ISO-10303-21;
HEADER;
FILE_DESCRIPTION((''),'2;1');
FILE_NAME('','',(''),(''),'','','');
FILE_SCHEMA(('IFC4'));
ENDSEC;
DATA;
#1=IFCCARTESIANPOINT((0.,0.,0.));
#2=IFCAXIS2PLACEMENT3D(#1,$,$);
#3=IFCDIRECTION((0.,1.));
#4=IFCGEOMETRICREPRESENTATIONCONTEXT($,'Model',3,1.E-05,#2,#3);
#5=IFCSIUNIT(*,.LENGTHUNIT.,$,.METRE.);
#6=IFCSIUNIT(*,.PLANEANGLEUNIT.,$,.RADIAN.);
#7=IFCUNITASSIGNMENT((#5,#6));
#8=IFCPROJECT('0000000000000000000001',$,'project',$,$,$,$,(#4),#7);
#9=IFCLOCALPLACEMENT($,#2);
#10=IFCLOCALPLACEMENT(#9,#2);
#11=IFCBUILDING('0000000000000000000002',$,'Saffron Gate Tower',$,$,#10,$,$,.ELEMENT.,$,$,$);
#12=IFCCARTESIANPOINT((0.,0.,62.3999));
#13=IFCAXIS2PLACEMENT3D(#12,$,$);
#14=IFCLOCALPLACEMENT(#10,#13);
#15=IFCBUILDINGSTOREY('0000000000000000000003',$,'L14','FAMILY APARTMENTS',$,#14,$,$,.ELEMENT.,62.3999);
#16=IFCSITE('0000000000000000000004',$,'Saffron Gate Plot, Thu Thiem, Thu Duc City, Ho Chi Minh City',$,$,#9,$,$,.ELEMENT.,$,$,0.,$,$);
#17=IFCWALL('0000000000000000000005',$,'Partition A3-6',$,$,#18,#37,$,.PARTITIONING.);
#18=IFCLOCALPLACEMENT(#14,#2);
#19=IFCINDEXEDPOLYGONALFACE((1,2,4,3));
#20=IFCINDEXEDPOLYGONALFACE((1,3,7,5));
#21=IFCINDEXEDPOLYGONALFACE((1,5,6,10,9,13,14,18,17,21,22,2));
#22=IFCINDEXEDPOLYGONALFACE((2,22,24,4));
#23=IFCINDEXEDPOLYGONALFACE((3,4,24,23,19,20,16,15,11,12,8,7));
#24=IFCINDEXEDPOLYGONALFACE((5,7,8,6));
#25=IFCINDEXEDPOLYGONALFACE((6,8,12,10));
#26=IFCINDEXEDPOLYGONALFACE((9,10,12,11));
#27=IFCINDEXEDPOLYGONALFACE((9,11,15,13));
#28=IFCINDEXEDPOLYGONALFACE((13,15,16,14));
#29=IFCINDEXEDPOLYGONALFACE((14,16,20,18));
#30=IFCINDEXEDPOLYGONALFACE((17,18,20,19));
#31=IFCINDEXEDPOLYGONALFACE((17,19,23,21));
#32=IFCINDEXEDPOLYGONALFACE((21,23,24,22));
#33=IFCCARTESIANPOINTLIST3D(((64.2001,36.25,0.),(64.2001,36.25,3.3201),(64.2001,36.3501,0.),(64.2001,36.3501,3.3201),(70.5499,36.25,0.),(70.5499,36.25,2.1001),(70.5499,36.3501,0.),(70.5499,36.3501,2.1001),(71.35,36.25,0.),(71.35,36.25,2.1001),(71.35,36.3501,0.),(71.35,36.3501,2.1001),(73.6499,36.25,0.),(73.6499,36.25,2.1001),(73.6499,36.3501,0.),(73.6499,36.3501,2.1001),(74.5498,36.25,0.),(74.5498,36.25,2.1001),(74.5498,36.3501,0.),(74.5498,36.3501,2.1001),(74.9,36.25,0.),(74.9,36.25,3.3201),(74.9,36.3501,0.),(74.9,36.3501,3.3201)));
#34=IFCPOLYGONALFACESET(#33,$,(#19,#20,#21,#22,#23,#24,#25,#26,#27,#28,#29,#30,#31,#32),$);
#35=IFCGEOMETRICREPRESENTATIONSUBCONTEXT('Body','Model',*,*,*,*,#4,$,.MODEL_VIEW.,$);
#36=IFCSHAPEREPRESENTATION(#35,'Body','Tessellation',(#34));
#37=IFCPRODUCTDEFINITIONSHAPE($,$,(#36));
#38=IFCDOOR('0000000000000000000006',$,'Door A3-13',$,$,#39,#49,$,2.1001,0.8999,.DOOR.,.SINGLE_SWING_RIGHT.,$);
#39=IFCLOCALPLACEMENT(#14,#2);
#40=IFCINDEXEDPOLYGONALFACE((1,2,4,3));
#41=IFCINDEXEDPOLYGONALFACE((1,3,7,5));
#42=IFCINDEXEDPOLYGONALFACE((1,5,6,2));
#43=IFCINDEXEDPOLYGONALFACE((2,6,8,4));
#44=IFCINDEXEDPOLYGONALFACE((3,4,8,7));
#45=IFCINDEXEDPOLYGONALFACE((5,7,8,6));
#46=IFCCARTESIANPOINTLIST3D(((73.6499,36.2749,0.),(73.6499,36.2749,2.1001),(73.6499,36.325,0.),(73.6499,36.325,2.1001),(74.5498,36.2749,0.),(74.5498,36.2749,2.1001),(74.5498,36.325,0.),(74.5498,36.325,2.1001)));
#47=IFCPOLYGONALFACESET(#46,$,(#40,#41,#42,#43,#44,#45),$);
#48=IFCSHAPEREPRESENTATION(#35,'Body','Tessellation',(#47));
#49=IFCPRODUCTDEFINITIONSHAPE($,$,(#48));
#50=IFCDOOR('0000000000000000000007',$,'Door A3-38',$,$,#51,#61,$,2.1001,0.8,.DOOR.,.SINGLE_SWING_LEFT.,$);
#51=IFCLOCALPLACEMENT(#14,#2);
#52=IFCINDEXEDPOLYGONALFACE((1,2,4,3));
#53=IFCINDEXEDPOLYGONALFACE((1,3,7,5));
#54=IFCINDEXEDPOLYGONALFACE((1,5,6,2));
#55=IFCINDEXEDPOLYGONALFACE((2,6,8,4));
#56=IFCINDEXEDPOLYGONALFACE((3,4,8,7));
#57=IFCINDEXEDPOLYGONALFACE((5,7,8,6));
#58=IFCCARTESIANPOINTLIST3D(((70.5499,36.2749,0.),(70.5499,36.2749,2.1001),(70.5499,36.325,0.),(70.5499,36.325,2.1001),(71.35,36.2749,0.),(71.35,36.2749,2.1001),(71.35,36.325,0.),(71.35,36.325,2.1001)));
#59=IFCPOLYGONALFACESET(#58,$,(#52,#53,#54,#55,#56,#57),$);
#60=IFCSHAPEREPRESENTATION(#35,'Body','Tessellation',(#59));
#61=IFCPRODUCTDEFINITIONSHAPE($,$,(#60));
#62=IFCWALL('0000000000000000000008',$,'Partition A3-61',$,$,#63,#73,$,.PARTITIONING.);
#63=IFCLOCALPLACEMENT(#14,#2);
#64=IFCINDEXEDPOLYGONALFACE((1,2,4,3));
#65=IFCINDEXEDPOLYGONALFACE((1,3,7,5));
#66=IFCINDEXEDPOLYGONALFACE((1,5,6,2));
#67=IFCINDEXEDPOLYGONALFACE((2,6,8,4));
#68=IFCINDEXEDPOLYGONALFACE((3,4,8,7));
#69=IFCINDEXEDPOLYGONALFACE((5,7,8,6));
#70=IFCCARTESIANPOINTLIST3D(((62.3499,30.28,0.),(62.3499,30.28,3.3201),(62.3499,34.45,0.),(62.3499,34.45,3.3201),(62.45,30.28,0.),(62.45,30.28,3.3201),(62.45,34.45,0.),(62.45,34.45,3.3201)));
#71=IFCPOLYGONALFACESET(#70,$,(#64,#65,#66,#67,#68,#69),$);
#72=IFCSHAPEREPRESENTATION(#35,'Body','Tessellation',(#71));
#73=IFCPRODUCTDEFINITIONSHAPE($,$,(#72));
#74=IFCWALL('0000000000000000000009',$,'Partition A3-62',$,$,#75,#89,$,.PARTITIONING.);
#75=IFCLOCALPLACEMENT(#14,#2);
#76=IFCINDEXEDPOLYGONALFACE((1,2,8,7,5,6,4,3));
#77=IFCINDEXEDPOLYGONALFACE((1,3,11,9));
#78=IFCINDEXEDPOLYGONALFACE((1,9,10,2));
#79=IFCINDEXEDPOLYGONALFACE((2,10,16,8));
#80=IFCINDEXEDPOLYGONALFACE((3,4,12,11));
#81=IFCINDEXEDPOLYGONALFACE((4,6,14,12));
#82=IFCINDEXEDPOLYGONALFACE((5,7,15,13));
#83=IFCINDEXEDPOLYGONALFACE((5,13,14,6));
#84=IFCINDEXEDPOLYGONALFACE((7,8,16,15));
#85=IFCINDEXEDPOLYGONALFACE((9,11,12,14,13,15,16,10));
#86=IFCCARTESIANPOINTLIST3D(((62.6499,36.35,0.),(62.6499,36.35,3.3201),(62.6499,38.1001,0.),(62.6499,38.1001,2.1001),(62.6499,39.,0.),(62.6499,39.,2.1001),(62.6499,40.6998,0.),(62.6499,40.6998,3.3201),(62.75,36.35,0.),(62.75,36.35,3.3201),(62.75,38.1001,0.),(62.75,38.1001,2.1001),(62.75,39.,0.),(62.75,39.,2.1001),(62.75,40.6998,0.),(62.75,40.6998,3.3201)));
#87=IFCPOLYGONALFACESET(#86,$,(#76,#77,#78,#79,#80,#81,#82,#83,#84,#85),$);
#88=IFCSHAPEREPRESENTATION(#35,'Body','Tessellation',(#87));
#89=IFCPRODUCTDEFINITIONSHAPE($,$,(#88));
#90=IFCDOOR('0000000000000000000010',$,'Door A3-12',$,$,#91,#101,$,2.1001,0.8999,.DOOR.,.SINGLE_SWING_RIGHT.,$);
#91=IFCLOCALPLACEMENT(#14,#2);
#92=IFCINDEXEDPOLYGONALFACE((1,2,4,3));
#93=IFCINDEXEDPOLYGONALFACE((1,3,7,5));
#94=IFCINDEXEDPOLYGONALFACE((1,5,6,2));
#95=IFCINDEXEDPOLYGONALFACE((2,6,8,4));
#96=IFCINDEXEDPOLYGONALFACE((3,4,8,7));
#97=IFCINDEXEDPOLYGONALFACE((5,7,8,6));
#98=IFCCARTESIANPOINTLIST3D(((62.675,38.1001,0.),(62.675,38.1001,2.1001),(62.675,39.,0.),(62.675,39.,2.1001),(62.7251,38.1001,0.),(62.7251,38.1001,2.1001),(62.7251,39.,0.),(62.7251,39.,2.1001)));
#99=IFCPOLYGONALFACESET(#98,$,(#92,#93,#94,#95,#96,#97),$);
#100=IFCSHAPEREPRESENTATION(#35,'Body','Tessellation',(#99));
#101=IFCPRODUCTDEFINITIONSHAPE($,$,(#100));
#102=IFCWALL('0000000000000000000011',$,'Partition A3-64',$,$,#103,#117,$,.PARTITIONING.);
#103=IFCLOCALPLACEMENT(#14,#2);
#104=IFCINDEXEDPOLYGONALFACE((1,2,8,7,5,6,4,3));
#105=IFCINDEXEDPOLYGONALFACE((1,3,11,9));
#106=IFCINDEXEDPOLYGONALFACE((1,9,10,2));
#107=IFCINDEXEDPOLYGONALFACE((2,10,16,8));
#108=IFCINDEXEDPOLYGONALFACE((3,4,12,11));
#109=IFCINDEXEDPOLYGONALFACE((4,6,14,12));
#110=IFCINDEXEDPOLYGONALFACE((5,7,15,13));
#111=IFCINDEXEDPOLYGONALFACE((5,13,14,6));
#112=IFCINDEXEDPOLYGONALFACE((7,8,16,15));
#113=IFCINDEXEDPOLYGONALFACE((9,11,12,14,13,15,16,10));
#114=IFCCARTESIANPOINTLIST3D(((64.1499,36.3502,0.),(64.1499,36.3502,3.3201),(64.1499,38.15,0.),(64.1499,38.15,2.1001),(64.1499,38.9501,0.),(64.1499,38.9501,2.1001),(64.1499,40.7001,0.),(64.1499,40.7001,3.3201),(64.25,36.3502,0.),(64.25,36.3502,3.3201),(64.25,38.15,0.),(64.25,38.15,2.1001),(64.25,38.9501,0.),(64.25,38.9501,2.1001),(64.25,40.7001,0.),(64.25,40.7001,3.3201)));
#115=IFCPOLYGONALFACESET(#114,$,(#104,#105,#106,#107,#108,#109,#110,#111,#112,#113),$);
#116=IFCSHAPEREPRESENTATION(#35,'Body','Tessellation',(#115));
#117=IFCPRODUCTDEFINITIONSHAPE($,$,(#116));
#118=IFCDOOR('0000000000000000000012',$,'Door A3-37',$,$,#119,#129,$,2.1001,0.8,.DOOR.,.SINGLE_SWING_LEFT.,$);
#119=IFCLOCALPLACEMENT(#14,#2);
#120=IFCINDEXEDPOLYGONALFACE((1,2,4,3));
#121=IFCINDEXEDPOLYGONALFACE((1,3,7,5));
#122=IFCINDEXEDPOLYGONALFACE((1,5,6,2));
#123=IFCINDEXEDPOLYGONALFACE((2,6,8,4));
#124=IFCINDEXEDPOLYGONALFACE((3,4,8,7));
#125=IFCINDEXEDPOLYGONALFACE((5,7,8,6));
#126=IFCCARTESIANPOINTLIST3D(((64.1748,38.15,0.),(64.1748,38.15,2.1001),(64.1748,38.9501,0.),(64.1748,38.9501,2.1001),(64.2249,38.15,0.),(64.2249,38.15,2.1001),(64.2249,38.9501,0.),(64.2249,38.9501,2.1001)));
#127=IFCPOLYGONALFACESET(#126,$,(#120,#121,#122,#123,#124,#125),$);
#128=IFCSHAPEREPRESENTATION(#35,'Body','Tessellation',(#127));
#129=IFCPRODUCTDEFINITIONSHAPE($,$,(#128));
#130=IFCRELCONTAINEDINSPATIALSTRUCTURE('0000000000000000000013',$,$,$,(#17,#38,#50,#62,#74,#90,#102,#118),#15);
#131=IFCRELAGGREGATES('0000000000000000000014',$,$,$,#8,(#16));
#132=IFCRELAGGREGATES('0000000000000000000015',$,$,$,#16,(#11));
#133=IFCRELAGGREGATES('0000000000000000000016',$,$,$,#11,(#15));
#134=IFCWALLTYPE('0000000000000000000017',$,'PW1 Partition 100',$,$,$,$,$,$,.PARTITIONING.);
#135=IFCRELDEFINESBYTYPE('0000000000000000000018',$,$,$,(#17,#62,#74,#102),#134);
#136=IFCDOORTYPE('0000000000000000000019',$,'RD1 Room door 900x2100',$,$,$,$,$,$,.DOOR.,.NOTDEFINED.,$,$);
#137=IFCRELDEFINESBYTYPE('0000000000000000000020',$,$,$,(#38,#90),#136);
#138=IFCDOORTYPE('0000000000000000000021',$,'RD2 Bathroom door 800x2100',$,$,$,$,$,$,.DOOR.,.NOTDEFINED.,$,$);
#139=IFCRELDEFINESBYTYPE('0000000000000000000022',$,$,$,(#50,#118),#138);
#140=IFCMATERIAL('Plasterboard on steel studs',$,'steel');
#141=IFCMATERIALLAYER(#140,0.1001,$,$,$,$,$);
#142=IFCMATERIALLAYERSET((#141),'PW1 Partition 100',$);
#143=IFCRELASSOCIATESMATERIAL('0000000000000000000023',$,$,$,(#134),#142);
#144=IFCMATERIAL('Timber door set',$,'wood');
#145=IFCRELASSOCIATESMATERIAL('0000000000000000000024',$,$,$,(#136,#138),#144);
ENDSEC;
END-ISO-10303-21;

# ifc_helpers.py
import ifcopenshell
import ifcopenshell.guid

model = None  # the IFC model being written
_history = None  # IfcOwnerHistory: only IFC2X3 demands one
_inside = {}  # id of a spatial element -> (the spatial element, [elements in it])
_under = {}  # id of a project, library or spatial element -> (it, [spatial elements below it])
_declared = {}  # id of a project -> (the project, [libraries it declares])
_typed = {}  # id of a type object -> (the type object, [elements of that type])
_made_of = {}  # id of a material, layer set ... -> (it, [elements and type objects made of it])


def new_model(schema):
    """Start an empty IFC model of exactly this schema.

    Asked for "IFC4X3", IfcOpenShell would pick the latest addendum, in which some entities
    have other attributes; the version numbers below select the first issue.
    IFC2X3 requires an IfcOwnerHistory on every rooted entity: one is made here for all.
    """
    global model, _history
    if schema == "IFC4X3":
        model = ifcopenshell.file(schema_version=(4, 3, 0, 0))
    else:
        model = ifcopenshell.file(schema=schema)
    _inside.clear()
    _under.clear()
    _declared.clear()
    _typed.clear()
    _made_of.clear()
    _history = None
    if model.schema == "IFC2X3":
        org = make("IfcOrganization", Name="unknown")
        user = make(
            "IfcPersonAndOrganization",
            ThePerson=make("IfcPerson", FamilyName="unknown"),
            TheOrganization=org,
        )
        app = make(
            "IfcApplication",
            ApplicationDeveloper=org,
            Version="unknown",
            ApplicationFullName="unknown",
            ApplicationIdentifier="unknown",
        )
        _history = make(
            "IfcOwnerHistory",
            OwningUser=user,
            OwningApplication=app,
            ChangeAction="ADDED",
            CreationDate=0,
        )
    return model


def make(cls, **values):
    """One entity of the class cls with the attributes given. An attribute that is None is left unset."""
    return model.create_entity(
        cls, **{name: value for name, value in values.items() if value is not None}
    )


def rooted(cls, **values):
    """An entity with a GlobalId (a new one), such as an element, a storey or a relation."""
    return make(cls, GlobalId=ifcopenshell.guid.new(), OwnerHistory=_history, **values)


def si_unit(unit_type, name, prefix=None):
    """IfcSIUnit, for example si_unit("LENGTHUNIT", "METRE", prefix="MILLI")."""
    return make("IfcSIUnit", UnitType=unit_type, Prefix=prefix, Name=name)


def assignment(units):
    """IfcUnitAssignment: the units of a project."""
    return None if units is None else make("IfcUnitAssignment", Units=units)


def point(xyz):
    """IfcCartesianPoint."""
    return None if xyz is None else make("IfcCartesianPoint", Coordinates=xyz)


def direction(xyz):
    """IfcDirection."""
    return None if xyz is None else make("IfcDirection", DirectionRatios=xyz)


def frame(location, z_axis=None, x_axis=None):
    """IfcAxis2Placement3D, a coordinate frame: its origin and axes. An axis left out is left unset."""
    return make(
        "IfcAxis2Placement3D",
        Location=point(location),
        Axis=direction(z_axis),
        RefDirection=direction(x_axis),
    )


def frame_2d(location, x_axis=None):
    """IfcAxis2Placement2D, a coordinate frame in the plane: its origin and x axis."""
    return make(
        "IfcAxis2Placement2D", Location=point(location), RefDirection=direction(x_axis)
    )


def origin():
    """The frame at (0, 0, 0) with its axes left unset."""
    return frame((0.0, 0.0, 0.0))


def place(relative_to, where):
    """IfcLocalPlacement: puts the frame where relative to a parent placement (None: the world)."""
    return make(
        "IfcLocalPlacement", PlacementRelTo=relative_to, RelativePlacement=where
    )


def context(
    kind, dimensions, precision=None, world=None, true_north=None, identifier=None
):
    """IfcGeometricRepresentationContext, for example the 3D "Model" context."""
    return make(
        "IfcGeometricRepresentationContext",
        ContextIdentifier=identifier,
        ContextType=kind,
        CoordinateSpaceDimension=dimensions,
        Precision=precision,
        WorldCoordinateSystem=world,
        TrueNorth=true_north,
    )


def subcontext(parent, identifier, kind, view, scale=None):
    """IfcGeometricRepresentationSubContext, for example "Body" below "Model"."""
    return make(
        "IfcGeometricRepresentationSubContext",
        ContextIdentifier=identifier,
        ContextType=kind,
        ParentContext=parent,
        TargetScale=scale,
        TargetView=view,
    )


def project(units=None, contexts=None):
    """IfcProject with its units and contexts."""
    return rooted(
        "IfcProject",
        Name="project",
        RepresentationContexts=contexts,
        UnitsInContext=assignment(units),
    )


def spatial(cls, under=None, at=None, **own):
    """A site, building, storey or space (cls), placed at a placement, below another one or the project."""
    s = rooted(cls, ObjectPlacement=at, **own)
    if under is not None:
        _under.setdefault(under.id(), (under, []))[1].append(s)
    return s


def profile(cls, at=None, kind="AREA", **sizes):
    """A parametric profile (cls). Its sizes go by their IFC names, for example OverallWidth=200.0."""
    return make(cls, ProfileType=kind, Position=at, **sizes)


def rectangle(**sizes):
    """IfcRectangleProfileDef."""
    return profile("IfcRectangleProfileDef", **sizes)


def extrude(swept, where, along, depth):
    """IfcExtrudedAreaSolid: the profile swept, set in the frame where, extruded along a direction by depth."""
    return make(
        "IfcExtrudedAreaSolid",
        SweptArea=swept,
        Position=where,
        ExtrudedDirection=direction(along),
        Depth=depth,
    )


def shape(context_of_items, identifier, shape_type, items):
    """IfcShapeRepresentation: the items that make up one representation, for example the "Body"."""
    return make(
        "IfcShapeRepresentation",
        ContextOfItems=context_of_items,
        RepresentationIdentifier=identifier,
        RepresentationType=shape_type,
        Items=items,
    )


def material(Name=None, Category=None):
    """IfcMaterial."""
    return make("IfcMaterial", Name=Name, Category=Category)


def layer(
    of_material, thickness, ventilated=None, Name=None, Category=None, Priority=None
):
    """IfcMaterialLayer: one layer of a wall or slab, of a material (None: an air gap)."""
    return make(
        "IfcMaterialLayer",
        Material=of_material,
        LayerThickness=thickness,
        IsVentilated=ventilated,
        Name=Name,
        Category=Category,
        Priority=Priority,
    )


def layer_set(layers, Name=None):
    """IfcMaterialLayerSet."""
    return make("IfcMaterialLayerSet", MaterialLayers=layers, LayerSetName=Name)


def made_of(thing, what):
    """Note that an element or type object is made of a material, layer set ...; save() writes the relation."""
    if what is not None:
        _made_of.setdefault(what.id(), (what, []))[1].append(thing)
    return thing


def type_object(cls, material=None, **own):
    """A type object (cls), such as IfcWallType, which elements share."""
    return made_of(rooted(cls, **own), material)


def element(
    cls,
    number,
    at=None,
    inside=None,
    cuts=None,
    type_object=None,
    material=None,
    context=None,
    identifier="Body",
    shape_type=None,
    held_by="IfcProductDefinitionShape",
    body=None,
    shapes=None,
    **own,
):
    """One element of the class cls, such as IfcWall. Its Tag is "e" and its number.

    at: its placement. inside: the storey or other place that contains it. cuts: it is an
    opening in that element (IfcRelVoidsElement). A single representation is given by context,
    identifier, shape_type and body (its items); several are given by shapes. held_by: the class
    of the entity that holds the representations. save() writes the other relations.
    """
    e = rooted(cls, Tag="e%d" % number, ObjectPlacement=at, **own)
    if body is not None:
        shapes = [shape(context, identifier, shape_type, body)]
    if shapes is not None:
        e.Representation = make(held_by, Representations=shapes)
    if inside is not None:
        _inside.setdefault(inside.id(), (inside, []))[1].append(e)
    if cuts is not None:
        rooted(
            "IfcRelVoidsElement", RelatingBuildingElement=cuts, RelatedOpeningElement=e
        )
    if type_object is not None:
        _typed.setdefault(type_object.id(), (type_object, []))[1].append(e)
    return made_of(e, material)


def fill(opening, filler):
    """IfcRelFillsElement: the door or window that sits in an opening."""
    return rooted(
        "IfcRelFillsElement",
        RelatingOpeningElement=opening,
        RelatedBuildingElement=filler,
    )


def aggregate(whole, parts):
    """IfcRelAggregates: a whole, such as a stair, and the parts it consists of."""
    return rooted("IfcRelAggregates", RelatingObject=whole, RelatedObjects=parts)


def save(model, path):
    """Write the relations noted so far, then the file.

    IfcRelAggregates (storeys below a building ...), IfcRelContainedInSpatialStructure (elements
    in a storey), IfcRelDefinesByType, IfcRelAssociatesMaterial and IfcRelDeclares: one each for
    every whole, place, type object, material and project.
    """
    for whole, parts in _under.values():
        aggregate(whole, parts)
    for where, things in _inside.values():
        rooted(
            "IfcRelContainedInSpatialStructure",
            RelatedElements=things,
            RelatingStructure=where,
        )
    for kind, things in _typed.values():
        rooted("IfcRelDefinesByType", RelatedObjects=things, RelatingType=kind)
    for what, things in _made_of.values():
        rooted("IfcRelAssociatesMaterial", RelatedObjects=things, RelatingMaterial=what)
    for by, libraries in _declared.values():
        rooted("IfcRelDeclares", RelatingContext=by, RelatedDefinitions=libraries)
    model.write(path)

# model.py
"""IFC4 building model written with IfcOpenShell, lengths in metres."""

from ifc_helpers import new_model, si_unit, direction, frame, frame_2d, origin, place, context, subcontext, project, spatial, rectangle, extrude, material, layer, layer_set, type_object, element, fill, save


model = new_model("IFC4")

# Units and contexts
model_context = context("Model", 3, precision=1e-05, world=origin(), true_north=direction((0.0, 1.0)))
body_context = subcontext(model_context, "Body", "Model", "MODEL_VIEW")
ifc_project = project(units=[si_unit("LENGTHUNIT", "METRE"), si_unit("PLANEANGLEUNIT", "RADIAN")], contexts=[model_context])

# Site, building, storey
site_placement = place(None, origin())
site = spatial("IfcSite", under=ifc_project, at=site_placement, Name="Saffron Gate Plot, Thu Thiem, Thu Duc City, Ho Chi Minh City", CompositionType="ELEMENT", RefElevation=0.0)
building_placement = place(site_placement, origin())
building = spatial("IfcBuilding", under=site, at=building_placement, Name="Saffron Gate Tower", CompositionType="ELEMENT")
storey_placement = place(building_placement, frame((0.0, 0.0, 62.3999)))
storey = spatial("IfcBuildingStorey", under=building, at=storey_placement, Name="L14", Description="FAMILY APARTMENTS", CompositionType="ELEMENT", Elevation=62.3999)

# Wall, openings, doors
ifc_material_1 = material(Name="Plasterboard on steel studs", Category="steel")
ifc_layer_1 = layer(ifc_material_1, 0.1001)
ifc_layer_set_1 = layer_set([ifc_layer_1], Name="PW1 Partition 100")
wall_type_1 = type_object("IfcWallType", Name="PW1 Partition 100", PredefinedType="PARTITIONING", material=ifc_layer_set_1)
wall_1_placement = place(storey_placement, frame((64.2, 36.3, 0.0), z_axis=(0.0, 0.0, 1.0), x_axis=(1.0, 0.0, 0.0)))
wall_1 = element("IfcWall", 1, at=wall_1_placement, inside=storey, type_object=wall_type_1, Name="Partition A3-6", PredefinedType="PARTITIONING", context=body_context, shape_type="SweptSolid", body=[
    extrude(rectangle(XDim=10.7, YDim=0.1001, at=frame_2d((5.3501, 0.0))), origin(), (0.0, 0.0, 1.0), 3.3201),
])
opening_1_placement = place(wall_1_placement, frame((6.3501, 0.0, 0.0)))
opening_1 = element("IfcOpeningElement", 2, at=opening_1_placement, cuts=wall_1, PredefinedType="OPENING", context=body_context, shape_type="SweptSolid", body=[
    extrude(rectangle(XDim=0.8, YDim=2.1001, at=frame_2d((0.3999, 1.05))), frame((0.0, 0.0601, 0.0), z_axis=(0.0, -1.0, 0.0), x_axis=(1.0, 0.0, 0.0)), (0.0, 0.0, 1.0), 0.1201),
])
opening_2_placement = place(wall_1_placement, frame((9.45, 0.0, 0.0)))
opening_2 = element("IfcOpeningElement", 3, at=opening_2_placement, cuts=wall_1, PredefinedType="OPENING", context=body_context, shape_type="SweptSolid", body=[
    extrude(rectangle(XDim=0.8999, YDim=2.1001, at=frame_2d((0.45, 1.05))), frame((0.0, 0.0601, 0.0), z_axis=(0.0, -1.0, 0.0), x_axis=(1.0, 0.0, 0.0)), (0.0, 0.0, 1.0), 0.1201),
])
ifc_material_2 = material(Name="Timber door set", Category="wood")
door_type_1 = type_object("IfcDoorType", Name="RD1 Room door 900x2100", OperationType="NOTDEFINED", PredefinedType="DOOR", material=ifc_material_2)
door_1_placement = place(opening_2_placement, origin())
door_1 = element("IfcDoor", 4, at=door_1_placement, inside=storey, type_object=door_type_1, Name="Door A3-13", OperationType="SINGLE_SWING_RIGHT", OverallHeight=2.1001, OverallWidth=0.8999, PredefinedType="DOOR", context=body_context, shape_type="SweptSolid", body=[
    extrude(rectangle(XDim=0.8999, YDim=2.1001, at=frame_2d((0.45, 1.05))), frame((0.0, 0.0249, 0.0), z_axis=(0.0, -1.0, 0.0), x_axis=(1.0, 0.0, 0.0)), (0.0, 0.0, 1.0), 0.05),
])
fill(opening_2, door_1)
door_type_2 = type_object("IfcDoorType", Name="RD2 Bathroom door 800x2100", OperationType="NOTDEFINED", PredefinedType="DOOR", material=ifc_material_2)
door_2_placement = place(opening_1_placement, origin())
door_2 = element("IfcDoor", 5, at=door_2_placement, inside=storey, type_object=door_type_2, Name="Door A3-38", OperationType="SINGLE_SWING_LEFT", OverallHeight=2.1001, OverallWidth=0.8, PredefinedType="DOOR", context=body_context, shape_type="SweptSolid", body=[
    extrude(rectangle(XDim=0.8, YDim=2.1001, at=frame_2d((0.3999, 1.05))), frame((0.0, 0.0249, 0.0), z_axis=(0.0, -1.0, 0.0), x_axis=(1.0, 0.0, 0.0)), (0.0, 0.0, 1.0), 0.05),
])
fill(opening_1, door_2)

# Wall
wall_2_placement = place(storey_placement, frame((62.3999, 34.45, 0.0), z_axis=(0.0, 0.0, 1.0), x_axis=(0.0, -1.0, 0.0)))
element("IfcWall", 6, at=wall_2_placement, inside=storey, type_object=wall_type_1, Name="Partition A3-61", PredefinedType="PARTITIONING", context=body_context, shape_type="SweptSolid", body=[
    extrude(rectangle(XDim=4.1699, YDim=0.1001, at=frame_2d((2.085, 0.0))), origin(), (0.0, 0.0, 1.0), 3.3201),
])

# Walls, openings, doors
wall_3_placement = place(storey_placement, frame((62.7, 36.3501, 0.0), z_axis=(0.0, 0.0, 1.0), x_axis=(0.0, 1.0, 0.0)))
wall_3 = element("IfcWall", 7, at=wall_3_placement, inside=storey, type_object=wall_type_1, Name="Partition A3-62", PredefinedType="PARTITIONING", context=body_context, shape_type="SweptSolid", body=[
    extrude(rectangle(XDim=4.3499, YDim=0.1001, at=frame_2d((2.1748, 0.0))), origin(), (0.0, 0.0, 1.0), 3.3201),
])
opening_3_placement = place(wall_3_placement, frame((1.75, 0.0, 0.0)))
opening_3 = element("IfcOpeningElement", 8, at=opening_3_placement, cuts=wall_3, PredefinedType="OPENING", context=body_context, shape_type="SweptSolid", body=[
    extrude(rectangle(XDim=0.8999, YDim=2.1001, at=frame_2d((0.45, 1.05))), frame((0.0, 0.0601, 0.0), z_axis=(0.0, -1.0, 0.0), x_axis=(1.0, 0.0, 0.0)), (0.0, 0.0, 1.0), 0.1201),
])
door_3_placement = place(opening_3_placement, origin())
door_3 = element("IfcDoor", 9, at=door_3_placement, inside=storey, type_object=door_type_1, Name="Door A3-12", OperationType="SINGLE_SWING_RIGHT", OverallHeight=2.1001, OverallWidth=0.8999, PredefinedType="DOOR", context=body_context, shape_type="SweptSolid", body=[
    extrude(rectangle(XDim=0.8999, YDim=2.1001, at=frame_2d((0.45, 1.05))), frame((0.0, 0.0249, 0.0), z_axis=(0.0, -1.0, 0.0), x_axis=(1.0, 0.0, 0.0)), (0.0, 0.0, 1.0), 0.05),
])
fill(opening_3, door_3)
wall_4_placement = place(storey_placement, frame((64.2, 40.7, 0.0), z_axis=(0.0, 0.0, 1.0), x_axis=(0.0, -1.0, 0.0)))
wall_4 = element("IfcWall", 10, at=wall_4_placement, inside=storey, type_object=wall_type_1, Name="Partition A3-64", PredefinedType="PARTITIONING", context=body_context, shape_type="SweptSolid", body=[
    extrude(rectangle(XDim=4.3499, YDim=0.1001, at=frame_2d((2.1748, 0.0))), origin(), (0.0, 0.0, 1.0), 3.3201),
])
opening_4_placement = place(wall_4_placement, frame((1.75, 0.0, 0.0)))
opening_4 = element("IfcOpeningElement", 11, at=opening_4_placement, cuts=wall_4, PredefinedType="OPENING", context=body_context, shape_type="SweptSolid", body=[
    extrude(rectangle(XDim=0.8, YDim=2.1001, at=frame_2d((0.3999, 1.05))), frame((0.0, 0.0601, 0.0), z_axis=(0.0, -1.0, 0.0), x_axis=(1.0, 0.0, 0.0)), (0.0, 0.0, 1.0), 0.1201),
])
door_4_placement = place(opening_4_placement, origin())
door_4 = element("IfcDoor", 12, at=door_4_placement, inside=storey, type_object=door_type_2, Name="Door A3-37", OperationType="SINGLE_SWING_LEFT", OverallHeight=2.1001, OverallWidth=0.8, PredefinedType="DOOR", context=body_context, shape_type="SweptSolid", body=[
    extrude(rectangle(XDim=0.8, YDim=2.1001, at=frame_2d((0.3999, 1.05))), frame((0.0, 0.0249, 0.0), z_axis=(0.0, -1.0, 0.0), x_axis=(1.0, 0.0, 0.0)), (0.0, 0.0, 1.0), 0.05),
])
fill(opening_4, door_4)

save(model, "model.ifc")
